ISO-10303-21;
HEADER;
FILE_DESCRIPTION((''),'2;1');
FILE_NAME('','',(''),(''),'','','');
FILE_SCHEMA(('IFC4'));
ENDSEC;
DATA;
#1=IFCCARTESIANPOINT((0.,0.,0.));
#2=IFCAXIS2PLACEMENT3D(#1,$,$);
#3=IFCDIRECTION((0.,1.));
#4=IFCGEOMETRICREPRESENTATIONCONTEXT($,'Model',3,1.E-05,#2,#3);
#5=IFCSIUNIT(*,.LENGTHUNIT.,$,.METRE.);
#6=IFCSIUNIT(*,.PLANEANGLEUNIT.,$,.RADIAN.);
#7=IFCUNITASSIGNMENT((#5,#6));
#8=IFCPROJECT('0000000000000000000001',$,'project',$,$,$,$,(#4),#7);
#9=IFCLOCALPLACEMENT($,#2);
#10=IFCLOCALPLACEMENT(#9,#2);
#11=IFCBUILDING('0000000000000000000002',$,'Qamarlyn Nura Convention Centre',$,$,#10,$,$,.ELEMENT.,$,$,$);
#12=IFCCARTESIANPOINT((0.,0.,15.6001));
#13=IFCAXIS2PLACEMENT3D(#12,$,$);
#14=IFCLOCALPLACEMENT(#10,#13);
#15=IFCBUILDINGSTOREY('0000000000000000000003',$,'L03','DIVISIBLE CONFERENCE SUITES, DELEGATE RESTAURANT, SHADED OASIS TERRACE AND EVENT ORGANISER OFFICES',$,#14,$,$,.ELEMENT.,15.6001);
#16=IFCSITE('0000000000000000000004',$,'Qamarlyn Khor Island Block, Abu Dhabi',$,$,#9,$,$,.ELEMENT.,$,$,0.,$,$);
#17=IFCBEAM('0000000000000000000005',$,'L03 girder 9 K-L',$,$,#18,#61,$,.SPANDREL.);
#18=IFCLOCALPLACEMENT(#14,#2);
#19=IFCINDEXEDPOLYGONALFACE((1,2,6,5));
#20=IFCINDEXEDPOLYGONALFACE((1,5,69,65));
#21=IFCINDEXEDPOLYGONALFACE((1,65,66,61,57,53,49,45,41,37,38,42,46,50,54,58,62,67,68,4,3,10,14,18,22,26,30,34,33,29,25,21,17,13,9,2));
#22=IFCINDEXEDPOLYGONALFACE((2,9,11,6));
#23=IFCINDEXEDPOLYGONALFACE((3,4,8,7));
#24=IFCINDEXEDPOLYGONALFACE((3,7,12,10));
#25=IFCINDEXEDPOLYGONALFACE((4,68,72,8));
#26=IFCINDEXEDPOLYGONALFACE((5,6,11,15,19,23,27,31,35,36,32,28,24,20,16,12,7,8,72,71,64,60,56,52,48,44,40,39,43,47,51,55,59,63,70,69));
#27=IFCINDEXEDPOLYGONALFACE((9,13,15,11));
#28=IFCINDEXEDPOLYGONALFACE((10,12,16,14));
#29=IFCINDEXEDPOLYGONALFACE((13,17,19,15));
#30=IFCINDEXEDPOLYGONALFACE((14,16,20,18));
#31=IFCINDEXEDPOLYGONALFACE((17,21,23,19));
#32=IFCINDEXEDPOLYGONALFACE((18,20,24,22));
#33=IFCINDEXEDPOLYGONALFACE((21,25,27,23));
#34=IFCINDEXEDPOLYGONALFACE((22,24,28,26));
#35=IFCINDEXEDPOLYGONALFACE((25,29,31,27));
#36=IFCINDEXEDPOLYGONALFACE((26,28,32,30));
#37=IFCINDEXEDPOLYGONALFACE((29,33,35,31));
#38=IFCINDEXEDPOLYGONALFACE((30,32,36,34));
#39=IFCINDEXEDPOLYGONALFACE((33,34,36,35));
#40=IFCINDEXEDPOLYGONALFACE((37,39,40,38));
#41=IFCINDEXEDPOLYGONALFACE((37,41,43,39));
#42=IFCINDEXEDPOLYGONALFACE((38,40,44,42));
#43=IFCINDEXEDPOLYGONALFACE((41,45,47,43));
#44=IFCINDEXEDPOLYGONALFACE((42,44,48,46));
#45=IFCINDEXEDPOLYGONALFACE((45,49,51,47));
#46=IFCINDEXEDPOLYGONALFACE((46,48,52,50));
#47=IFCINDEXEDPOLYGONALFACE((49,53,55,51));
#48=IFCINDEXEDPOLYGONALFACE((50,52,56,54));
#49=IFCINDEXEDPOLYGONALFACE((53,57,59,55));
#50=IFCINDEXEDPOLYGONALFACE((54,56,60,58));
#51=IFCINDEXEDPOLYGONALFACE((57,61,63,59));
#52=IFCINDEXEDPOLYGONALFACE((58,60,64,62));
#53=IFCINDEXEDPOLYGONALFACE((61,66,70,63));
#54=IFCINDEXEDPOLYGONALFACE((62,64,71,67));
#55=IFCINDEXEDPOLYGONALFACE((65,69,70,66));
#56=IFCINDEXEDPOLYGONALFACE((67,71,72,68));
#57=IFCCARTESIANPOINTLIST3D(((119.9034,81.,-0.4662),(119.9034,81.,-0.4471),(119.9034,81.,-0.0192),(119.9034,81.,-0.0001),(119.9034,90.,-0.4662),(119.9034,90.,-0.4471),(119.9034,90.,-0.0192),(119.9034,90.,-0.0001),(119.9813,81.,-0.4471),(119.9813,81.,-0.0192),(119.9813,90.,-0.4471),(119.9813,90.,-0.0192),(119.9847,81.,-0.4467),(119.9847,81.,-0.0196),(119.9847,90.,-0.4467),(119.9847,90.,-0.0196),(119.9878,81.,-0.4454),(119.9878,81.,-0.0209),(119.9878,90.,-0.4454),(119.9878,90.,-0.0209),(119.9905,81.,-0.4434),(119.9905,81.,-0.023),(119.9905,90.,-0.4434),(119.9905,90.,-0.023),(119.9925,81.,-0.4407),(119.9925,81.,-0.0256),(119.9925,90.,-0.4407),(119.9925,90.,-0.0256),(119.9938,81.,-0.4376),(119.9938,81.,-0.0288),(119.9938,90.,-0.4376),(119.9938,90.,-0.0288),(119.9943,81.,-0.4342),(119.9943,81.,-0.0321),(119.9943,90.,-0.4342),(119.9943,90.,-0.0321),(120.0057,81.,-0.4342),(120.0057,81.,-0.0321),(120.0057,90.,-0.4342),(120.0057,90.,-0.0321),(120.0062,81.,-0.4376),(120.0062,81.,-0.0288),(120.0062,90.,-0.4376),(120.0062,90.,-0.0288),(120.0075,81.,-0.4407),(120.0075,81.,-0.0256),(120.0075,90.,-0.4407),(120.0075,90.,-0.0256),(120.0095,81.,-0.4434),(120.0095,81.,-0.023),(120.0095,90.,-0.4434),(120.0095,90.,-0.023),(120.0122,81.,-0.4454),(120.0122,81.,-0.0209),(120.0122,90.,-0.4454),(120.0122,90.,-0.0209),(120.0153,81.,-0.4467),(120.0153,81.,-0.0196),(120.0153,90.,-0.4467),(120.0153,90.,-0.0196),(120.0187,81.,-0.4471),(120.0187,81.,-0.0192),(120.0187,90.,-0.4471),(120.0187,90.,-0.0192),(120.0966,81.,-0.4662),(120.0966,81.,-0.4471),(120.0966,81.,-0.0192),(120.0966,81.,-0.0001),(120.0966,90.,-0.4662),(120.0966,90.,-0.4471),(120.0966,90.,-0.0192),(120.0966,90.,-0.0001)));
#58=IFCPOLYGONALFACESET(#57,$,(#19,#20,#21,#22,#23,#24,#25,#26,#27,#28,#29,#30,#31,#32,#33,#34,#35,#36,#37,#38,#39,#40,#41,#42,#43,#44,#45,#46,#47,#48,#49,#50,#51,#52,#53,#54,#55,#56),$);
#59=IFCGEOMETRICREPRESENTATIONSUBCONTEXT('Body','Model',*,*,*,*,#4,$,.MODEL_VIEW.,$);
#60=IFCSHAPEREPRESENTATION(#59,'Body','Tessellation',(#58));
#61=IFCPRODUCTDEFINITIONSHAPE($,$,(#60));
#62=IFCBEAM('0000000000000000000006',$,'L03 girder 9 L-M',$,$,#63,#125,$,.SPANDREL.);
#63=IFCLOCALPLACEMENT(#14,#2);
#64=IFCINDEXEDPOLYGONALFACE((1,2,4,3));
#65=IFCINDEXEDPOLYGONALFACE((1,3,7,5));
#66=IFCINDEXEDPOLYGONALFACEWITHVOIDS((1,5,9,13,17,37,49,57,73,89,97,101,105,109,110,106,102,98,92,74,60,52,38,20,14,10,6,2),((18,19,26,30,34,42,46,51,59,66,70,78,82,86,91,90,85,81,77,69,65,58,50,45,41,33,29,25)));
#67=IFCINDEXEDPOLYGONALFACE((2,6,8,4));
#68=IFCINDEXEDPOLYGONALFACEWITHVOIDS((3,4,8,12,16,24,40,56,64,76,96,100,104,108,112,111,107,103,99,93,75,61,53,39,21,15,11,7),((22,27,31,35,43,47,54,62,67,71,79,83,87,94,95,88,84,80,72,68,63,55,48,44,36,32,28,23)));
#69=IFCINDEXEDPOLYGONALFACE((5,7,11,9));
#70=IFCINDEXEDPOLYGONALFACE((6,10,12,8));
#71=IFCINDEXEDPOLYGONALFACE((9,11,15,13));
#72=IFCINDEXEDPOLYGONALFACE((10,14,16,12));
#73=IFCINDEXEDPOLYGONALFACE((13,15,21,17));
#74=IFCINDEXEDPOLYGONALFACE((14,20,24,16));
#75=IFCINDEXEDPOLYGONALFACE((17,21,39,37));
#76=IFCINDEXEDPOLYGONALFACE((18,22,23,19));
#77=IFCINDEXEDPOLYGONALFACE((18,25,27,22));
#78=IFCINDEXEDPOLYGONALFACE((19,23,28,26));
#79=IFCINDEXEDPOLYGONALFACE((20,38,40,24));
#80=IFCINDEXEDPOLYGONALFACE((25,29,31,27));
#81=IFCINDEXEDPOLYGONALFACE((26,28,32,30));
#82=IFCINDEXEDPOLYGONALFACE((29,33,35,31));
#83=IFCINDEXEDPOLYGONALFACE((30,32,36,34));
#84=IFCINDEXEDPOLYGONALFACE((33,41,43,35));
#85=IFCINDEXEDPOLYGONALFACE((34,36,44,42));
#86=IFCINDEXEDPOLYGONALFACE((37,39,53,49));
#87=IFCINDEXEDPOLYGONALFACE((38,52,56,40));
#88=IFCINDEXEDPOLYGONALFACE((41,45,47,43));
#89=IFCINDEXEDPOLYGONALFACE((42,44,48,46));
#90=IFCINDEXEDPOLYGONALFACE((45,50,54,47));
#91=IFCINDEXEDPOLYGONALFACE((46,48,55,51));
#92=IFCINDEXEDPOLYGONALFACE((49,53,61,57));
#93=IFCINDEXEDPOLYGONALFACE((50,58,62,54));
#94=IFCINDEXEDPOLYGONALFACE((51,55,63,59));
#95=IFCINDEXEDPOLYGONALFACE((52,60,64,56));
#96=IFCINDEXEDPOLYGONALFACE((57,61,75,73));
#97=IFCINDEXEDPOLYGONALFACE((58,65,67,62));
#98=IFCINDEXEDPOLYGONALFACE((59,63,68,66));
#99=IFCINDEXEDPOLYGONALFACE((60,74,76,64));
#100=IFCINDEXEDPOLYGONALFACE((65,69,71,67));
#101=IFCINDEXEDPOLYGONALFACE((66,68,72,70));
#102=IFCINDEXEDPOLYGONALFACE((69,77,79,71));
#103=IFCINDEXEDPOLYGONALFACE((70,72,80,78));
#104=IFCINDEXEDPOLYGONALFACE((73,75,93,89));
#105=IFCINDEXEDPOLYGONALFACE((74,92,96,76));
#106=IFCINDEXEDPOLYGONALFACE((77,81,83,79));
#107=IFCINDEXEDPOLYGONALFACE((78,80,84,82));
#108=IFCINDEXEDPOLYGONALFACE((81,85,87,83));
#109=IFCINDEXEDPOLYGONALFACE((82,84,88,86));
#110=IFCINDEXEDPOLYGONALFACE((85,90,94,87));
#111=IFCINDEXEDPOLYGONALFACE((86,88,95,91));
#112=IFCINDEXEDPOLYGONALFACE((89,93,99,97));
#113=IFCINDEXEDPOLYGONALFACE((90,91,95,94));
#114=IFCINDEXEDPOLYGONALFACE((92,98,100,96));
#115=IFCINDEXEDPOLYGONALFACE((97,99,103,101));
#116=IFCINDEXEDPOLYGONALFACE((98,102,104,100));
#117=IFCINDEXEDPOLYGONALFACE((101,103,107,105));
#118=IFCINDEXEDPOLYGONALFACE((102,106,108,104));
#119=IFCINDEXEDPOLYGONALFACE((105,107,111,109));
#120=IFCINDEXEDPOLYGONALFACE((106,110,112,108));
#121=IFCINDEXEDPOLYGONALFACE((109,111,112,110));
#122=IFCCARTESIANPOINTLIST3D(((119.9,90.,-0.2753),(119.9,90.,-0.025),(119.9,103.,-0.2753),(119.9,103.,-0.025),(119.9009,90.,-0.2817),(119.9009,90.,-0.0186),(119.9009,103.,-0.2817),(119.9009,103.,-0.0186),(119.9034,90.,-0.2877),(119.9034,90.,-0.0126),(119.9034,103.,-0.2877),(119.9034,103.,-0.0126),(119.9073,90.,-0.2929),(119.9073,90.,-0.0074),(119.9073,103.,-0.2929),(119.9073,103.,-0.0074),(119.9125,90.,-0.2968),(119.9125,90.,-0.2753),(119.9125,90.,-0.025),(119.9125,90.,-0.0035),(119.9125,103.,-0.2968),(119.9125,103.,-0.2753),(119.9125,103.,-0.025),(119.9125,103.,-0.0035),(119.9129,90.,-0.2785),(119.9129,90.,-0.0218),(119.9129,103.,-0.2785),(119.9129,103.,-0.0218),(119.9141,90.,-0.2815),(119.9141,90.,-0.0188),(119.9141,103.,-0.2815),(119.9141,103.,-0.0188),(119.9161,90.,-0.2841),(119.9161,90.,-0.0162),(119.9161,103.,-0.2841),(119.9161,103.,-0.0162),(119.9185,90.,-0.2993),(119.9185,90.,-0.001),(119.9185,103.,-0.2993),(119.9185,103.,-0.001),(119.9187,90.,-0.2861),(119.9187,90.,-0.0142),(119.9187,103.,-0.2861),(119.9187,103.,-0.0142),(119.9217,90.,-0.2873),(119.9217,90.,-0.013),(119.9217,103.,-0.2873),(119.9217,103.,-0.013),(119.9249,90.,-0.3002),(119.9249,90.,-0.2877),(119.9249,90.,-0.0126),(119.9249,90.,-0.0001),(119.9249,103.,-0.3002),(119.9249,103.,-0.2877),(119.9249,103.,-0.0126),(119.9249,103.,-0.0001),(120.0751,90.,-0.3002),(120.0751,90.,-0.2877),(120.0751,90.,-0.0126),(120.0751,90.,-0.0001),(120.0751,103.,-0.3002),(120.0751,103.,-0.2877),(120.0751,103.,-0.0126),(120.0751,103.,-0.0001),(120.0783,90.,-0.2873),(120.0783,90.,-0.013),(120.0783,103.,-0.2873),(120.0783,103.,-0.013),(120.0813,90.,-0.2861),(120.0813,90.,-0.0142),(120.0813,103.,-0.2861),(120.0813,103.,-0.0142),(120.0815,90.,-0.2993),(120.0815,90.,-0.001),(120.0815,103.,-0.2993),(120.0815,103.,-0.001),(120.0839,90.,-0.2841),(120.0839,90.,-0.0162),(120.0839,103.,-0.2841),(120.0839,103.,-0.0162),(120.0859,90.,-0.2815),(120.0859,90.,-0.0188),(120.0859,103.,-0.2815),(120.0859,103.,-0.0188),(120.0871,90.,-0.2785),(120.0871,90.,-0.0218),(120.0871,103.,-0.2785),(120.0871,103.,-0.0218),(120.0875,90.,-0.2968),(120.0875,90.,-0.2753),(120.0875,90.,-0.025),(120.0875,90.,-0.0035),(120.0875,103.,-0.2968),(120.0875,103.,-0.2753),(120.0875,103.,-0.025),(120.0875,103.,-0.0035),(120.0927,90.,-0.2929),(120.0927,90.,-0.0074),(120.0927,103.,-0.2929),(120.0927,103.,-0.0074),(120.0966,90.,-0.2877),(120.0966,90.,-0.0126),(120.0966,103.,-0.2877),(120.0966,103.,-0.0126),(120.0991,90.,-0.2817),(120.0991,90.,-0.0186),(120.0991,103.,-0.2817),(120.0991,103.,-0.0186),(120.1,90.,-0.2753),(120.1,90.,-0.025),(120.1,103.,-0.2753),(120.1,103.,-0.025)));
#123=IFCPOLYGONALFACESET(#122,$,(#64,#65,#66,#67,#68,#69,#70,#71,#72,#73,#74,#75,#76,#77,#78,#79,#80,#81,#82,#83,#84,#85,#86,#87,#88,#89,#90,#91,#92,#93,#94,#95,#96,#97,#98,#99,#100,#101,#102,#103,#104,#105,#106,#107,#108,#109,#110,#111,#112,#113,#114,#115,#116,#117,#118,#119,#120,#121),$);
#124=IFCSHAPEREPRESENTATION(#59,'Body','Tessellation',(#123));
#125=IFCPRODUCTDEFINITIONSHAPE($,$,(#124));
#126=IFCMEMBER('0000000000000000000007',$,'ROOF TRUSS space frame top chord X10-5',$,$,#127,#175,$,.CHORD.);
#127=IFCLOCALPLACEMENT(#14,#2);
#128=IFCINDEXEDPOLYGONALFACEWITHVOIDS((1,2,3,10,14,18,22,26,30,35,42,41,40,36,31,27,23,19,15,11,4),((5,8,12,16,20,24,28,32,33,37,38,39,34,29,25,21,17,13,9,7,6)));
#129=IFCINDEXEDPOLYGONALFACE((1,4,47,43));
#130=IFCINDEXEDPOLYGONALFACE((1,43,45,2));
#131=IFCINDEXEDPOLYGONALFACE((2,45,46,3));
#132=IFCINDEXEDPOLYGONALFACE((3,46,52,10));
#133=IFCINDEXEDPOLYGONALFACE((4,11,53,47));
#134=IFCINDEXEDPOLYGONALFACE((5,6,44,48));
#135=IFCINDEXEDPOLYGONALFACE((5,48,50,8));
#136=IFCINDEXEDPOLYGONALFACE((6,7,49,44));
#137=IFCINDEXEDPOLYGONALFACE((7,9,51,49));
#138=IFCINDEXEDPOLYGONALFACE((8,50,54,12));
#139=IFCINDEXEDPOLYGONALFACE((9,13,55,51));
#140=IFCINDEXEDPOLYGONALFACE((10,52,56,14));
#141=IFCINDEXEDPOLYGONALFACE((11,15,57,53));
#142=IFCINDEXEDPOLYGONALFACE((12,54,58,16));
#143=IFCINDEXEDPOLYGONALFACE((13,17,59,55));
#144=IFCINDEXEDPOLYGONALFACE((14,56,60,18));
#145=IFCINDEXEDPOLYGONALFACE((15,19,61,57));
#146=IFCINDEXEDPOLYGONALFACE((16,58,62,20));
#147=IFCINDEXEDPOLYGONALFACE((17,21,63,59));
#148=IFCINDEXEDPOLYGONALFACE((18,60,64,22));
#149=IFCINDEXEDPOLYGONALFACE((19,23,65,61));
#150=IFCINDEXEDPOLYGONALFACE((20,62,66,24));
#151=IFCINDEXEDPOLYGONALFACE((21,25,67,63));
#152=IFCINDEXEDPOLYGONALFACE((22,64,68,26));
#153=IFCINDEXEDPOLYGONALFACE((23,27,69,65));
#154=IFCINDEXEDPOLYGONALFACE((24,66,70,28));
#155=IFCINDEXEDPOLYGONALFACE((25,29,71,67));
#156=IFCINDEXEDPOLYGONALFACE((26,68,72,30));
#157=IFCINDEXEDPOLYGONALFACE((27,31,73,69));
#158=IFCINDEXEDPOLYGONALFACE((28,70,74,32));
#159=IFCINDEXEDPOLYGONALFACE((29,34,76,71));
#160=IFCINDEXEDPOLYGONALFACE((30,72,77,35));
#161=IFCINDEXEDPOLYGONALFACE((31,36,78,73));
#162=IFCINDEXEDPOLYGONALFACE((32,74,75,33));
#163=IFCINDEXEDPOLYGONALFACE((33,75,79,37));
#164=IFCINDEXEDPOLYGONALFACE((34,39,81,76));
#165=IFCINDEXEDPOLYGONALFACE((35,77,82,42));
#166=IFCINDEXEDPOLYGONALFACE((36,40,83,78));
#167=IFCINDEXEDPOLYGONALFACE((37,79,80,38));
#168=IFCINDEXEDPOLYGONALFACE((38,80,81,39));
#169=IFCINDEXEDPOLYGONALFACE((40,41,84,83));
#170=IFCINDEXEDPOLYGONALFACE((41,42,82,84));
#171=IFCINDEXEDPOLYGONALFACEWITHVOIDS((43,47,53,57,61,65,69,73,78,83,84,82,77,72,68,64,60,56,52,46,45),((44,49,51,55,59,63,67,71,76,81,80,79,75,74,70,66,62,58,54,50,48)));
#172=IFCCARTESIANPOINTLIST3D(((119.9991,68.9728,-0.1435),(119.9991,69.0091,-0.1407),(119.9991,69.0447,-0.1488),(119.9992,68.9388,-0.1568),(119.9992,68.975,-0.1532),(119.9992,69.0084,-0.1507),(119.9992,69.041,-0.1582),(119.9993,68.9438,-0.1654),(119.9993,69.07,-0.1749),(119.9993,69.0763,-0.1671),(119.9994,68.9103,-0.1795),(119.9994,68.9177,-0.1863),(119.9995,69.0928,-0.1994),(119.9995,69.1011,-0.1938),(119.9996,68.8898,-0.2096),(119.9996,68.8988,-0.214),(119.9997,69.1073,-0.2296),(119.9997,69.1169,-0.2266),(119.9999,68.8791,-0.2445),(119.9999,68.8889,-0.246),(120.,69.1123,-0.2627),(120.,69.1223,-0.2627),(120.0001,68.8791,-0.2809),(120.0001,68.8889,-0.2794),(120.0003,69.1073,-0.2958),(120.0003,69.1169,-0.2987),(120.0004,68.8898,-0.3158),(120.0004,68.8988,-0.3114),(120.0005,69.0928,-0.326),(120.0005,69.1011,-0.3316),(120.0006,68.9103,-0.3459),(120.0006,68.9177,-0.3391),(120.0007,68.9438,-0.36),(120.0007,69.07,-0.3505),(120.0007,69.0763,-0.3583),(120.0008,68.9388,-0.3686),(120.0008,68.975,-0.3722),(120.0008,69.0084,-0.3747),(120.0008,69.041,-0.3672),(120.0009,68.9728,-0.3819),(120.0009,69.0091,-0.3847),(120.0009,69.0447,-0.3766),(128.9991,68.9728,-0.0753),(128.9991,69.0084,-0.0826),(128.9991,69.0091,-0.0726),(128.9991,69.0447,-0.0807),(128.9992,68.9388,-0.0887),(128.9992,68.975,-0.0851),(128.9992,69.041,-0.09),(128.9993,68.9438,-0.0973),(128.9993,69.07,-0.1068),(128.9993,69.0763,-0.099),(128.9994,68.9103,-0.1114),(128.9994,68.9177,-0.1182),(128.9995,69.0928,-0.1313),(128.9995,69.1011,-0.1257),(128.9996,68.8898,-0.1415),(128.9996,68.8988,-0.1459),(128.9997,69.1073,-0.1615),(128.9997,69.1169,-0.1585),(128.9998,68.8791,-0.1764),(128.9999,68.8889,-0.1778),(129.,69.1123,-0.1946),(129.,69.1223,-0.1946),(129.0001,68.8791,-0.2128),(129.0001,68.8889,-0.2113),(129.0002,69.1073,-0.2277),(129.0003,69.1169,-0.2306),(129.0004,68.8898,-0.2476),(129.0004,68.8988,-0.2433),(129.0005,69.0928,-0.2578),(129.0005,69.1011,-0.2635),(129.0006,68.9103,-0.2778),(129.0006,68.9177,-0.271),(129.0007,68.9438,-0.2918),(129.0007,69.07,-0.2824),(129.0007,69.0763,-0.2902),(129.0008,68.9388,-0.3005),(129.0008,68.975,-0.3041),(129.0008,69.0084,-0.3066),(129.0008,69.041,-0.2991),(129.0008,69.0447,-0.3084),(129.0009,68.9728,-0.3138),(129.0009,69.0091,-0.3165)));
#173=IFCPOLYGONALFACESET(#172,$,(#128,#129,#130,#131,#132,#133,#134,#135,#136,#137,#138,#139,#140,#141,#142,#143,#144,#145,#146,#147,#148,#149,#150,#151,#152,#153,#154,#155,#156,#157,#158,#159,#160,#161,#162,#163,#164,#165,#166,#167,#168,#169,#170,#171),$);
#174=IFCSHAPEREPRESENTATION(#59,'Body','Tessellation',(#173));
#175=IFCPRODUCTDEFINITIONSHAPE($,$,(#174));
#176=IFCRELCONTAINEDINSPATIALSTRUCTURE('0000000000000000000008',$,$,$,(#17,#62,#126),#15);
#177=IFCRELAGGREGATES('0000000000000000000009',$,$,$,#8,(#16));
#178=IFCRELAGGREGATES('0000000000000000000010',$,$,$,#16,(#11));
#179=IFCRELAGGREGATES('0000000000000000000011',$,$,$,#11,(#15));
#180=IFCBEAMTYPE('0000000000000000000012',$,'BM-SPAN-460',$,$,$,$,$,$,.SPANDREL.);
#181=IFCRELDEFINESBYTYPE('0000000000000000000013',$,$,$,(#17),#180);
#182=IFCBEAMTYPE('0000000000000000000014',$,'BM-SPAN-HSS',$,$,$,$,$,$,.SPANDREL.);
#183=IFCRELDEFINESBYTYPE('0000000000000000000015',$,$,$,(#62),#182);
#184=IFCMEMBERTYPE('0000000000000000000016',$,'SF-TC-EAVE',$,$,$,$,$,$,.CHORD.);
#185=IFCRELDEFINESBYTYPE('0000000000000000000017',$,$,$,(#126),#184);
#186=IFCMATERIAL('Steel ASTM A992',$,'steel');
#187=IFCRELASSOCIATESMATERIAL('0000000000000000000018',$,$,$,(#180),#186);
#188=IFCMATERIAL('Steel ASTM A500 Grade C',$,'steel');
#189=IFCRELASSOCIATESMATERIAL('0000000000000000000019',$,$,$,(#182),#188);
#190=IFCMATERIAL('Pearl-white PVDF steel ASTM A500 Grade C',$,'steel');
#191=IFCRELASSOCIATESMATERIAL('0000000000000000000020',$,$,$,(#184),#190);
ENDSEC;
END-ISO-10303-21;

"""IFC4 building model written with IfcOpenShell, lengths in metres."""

from ifc_helpers import new_model, si_unit, direction, frame, origin, origin_2d, place, context, subcontext, project, spatial, hollow_rectangle, hollow_circle, i_section, extrude, material, material_profile, profile_set, type_object, element, save


model = new_model("IFC4")

# Units and contexts
model_context = context("Model", 3, precision=1e-05, world=origin(), true_north=direction((0.0, 1.0)))
body_context = subcontext(model_context, "Body", "Model", "MODEL_VIEW")
ifc_project = project(units=[si_unit("LENGTHUNIT", "METRE"), si_unit("PLANEANGLEUNIT", "RADIAN")], contexts=[model_context])

# Site, building, storey
site_placement = place(None, origin())
site = spatial("IfcSite", under=ifc_project, at=site_placement, Name="Qamarlyn Khor Island Block, Abu Dhabi", CompositionType="ELEMENT", RefElevation=0.0)
building_placement = place(site_placement, origin())
building = spatial("IfcBuilding", under=site, at=building_placement, Name="Qamarlyn Nura Convention Centre", CompositionType="ELEMENT")
storey_placement = place(building_placement, frame((0.0, 0.0, 15.6001)))
storey = spatial("IfcBuildingStorey", under=building, at=storey_placement, Name="L03", Description="DIVISIBLE CONFERENCE SUITES, DELEGATE RESTAURANT, SHADED OASIS TERRACE AND EVENT ORGANISER OFFICES", CompositionType="ELEMENT", Elevation=15.6001)

# Beams
ifc_material_1 = material(Name="Steel ASTM A992", Category="steel")
ifc_material_profile_1 = material_profile(ifc_material_1, i_section(OverallWidth=0.1931, OverallDepth=0.4661, WebThickness=0.0115, FlangeThickness=0.019, FilletRadius=0.0129, at=origin_2d()), Name="W460X97")
ifc_profile_set_1 = profile_set([ifc_material_profile_1], Name="Steel ASTM A992")
beam_type_1 = type_object("IfcBeamType", Name="BM-SPAN-460", PredefinedType="SPANDREL", material=ifc_profile_set_1)
beam_1_placement = place(storey_placement, frame((120.0, 81.0, -0.2332), z_axis=(0.0, 1.0, 0.0), x_axis=(-1.0, 0.0, 0.0)))
element("IfcBeam", 1, at=beam_1_placement, inside=storey, type_object=beam_type_1, Name="L03 girder 9 K-L", PredefinedType="SPANDREL", context=body_context, shape_type="SweptSolid", body=[
    extrude(i_section(OverallWidth=0.1931, OverallDepth=0.4661, WebThickness=0.0115, FlangeThickness=0.019, FilletRadius=0.0129, at=origin_2d()), origin(), (0.0, 0.0, 1.0), 9.0),
])
ifc_material_2 = material(Name="Steel ASTM A500 Grade C", Category="steel")
ifc_material_profile_2 = material_profile(ifc_material_2, hollow_rectangle(XDim=0.2, YDim=0.3, WallThickness=0.0125, InnerFilletRadius=0.0125, OuterFilletRadius=0.0249, at=origin_2d()), Name="HSS300X200X12.5")
ifc_profile_set_2 = profile_set([ifc_material_profile_2], Name="Steel ASTM A500 Grade C")
beam_type_2 = type_object("IfcBeamType", Name="BM-SPAN-HSS", PredefinedType="SPANDREL", material=ifc_profile_set_2)
beam_2_placement = place(storey_placement, frame((120.0, 90.0, -0.1501), z_axis=(0.0, 1.0, 0.0), x_axis=(-1.0, 0.0, 0.0)))
element("IfcBeam", 2, at=beam_2_placement, inside=storey, type_object=beam_type_2, Name="L03 girder 9 L-M", PredefinedType="SPANDREL", context=body_context, shape_type="SweptSolid", body=[
    extrude(hollow_rectangle(XDim=0.2, YDim=0.3, WallThickness=0.0125, InnerFilletRadius=0.0125, OuterFilletRadius=0.0249, at=origin_2d()), origin(), (0.0, 0.0, 1.0), 13.0),
])

# Member
ifc_material_3 = material(Name="Pearl-white PVDF steel ASTM A500 Grade C", Category="steel")
ifc_material_profile_3 = material_profile(ifc_material_3, hollow_circle(Radius=0.1223, WallThickness=0.01, at=origin_2d()), Name="CHS244.5X10")
ifc_profile_set_3 = profile_set([ifc_material_profile_3], Name="Pearl-white PVDF steel ASTM A500 Grade C")
member_type_1 = type_object("IfcMemberType", Name="SF-TC-EAVE", PredefinedType="CHORD", material=ifc_profile_set_3)
member_1_placement = place(storey_placement, frame((120.0, 69.0, -0.2627), z_axis=(0.999971, 0.0, 0.007568), x_axis=(0.0, 1.0, 0.0)))
element("IfcMember", 3, at=member_1_placement, inside=storey, type_object=member_type_1, Name="ROOF TRUSS space frame top chord X10-5", PredefinedType="CHORD", context=body_context, shape_type="SweptSolid", body=[
    extrude(hollow_circle(Radius=0.1223, WallThickness=0.01, at=origin_2d()), origin(), (0.0, 0.0, 1.0), 9.0002),
])

save(model, "model.ifc")
